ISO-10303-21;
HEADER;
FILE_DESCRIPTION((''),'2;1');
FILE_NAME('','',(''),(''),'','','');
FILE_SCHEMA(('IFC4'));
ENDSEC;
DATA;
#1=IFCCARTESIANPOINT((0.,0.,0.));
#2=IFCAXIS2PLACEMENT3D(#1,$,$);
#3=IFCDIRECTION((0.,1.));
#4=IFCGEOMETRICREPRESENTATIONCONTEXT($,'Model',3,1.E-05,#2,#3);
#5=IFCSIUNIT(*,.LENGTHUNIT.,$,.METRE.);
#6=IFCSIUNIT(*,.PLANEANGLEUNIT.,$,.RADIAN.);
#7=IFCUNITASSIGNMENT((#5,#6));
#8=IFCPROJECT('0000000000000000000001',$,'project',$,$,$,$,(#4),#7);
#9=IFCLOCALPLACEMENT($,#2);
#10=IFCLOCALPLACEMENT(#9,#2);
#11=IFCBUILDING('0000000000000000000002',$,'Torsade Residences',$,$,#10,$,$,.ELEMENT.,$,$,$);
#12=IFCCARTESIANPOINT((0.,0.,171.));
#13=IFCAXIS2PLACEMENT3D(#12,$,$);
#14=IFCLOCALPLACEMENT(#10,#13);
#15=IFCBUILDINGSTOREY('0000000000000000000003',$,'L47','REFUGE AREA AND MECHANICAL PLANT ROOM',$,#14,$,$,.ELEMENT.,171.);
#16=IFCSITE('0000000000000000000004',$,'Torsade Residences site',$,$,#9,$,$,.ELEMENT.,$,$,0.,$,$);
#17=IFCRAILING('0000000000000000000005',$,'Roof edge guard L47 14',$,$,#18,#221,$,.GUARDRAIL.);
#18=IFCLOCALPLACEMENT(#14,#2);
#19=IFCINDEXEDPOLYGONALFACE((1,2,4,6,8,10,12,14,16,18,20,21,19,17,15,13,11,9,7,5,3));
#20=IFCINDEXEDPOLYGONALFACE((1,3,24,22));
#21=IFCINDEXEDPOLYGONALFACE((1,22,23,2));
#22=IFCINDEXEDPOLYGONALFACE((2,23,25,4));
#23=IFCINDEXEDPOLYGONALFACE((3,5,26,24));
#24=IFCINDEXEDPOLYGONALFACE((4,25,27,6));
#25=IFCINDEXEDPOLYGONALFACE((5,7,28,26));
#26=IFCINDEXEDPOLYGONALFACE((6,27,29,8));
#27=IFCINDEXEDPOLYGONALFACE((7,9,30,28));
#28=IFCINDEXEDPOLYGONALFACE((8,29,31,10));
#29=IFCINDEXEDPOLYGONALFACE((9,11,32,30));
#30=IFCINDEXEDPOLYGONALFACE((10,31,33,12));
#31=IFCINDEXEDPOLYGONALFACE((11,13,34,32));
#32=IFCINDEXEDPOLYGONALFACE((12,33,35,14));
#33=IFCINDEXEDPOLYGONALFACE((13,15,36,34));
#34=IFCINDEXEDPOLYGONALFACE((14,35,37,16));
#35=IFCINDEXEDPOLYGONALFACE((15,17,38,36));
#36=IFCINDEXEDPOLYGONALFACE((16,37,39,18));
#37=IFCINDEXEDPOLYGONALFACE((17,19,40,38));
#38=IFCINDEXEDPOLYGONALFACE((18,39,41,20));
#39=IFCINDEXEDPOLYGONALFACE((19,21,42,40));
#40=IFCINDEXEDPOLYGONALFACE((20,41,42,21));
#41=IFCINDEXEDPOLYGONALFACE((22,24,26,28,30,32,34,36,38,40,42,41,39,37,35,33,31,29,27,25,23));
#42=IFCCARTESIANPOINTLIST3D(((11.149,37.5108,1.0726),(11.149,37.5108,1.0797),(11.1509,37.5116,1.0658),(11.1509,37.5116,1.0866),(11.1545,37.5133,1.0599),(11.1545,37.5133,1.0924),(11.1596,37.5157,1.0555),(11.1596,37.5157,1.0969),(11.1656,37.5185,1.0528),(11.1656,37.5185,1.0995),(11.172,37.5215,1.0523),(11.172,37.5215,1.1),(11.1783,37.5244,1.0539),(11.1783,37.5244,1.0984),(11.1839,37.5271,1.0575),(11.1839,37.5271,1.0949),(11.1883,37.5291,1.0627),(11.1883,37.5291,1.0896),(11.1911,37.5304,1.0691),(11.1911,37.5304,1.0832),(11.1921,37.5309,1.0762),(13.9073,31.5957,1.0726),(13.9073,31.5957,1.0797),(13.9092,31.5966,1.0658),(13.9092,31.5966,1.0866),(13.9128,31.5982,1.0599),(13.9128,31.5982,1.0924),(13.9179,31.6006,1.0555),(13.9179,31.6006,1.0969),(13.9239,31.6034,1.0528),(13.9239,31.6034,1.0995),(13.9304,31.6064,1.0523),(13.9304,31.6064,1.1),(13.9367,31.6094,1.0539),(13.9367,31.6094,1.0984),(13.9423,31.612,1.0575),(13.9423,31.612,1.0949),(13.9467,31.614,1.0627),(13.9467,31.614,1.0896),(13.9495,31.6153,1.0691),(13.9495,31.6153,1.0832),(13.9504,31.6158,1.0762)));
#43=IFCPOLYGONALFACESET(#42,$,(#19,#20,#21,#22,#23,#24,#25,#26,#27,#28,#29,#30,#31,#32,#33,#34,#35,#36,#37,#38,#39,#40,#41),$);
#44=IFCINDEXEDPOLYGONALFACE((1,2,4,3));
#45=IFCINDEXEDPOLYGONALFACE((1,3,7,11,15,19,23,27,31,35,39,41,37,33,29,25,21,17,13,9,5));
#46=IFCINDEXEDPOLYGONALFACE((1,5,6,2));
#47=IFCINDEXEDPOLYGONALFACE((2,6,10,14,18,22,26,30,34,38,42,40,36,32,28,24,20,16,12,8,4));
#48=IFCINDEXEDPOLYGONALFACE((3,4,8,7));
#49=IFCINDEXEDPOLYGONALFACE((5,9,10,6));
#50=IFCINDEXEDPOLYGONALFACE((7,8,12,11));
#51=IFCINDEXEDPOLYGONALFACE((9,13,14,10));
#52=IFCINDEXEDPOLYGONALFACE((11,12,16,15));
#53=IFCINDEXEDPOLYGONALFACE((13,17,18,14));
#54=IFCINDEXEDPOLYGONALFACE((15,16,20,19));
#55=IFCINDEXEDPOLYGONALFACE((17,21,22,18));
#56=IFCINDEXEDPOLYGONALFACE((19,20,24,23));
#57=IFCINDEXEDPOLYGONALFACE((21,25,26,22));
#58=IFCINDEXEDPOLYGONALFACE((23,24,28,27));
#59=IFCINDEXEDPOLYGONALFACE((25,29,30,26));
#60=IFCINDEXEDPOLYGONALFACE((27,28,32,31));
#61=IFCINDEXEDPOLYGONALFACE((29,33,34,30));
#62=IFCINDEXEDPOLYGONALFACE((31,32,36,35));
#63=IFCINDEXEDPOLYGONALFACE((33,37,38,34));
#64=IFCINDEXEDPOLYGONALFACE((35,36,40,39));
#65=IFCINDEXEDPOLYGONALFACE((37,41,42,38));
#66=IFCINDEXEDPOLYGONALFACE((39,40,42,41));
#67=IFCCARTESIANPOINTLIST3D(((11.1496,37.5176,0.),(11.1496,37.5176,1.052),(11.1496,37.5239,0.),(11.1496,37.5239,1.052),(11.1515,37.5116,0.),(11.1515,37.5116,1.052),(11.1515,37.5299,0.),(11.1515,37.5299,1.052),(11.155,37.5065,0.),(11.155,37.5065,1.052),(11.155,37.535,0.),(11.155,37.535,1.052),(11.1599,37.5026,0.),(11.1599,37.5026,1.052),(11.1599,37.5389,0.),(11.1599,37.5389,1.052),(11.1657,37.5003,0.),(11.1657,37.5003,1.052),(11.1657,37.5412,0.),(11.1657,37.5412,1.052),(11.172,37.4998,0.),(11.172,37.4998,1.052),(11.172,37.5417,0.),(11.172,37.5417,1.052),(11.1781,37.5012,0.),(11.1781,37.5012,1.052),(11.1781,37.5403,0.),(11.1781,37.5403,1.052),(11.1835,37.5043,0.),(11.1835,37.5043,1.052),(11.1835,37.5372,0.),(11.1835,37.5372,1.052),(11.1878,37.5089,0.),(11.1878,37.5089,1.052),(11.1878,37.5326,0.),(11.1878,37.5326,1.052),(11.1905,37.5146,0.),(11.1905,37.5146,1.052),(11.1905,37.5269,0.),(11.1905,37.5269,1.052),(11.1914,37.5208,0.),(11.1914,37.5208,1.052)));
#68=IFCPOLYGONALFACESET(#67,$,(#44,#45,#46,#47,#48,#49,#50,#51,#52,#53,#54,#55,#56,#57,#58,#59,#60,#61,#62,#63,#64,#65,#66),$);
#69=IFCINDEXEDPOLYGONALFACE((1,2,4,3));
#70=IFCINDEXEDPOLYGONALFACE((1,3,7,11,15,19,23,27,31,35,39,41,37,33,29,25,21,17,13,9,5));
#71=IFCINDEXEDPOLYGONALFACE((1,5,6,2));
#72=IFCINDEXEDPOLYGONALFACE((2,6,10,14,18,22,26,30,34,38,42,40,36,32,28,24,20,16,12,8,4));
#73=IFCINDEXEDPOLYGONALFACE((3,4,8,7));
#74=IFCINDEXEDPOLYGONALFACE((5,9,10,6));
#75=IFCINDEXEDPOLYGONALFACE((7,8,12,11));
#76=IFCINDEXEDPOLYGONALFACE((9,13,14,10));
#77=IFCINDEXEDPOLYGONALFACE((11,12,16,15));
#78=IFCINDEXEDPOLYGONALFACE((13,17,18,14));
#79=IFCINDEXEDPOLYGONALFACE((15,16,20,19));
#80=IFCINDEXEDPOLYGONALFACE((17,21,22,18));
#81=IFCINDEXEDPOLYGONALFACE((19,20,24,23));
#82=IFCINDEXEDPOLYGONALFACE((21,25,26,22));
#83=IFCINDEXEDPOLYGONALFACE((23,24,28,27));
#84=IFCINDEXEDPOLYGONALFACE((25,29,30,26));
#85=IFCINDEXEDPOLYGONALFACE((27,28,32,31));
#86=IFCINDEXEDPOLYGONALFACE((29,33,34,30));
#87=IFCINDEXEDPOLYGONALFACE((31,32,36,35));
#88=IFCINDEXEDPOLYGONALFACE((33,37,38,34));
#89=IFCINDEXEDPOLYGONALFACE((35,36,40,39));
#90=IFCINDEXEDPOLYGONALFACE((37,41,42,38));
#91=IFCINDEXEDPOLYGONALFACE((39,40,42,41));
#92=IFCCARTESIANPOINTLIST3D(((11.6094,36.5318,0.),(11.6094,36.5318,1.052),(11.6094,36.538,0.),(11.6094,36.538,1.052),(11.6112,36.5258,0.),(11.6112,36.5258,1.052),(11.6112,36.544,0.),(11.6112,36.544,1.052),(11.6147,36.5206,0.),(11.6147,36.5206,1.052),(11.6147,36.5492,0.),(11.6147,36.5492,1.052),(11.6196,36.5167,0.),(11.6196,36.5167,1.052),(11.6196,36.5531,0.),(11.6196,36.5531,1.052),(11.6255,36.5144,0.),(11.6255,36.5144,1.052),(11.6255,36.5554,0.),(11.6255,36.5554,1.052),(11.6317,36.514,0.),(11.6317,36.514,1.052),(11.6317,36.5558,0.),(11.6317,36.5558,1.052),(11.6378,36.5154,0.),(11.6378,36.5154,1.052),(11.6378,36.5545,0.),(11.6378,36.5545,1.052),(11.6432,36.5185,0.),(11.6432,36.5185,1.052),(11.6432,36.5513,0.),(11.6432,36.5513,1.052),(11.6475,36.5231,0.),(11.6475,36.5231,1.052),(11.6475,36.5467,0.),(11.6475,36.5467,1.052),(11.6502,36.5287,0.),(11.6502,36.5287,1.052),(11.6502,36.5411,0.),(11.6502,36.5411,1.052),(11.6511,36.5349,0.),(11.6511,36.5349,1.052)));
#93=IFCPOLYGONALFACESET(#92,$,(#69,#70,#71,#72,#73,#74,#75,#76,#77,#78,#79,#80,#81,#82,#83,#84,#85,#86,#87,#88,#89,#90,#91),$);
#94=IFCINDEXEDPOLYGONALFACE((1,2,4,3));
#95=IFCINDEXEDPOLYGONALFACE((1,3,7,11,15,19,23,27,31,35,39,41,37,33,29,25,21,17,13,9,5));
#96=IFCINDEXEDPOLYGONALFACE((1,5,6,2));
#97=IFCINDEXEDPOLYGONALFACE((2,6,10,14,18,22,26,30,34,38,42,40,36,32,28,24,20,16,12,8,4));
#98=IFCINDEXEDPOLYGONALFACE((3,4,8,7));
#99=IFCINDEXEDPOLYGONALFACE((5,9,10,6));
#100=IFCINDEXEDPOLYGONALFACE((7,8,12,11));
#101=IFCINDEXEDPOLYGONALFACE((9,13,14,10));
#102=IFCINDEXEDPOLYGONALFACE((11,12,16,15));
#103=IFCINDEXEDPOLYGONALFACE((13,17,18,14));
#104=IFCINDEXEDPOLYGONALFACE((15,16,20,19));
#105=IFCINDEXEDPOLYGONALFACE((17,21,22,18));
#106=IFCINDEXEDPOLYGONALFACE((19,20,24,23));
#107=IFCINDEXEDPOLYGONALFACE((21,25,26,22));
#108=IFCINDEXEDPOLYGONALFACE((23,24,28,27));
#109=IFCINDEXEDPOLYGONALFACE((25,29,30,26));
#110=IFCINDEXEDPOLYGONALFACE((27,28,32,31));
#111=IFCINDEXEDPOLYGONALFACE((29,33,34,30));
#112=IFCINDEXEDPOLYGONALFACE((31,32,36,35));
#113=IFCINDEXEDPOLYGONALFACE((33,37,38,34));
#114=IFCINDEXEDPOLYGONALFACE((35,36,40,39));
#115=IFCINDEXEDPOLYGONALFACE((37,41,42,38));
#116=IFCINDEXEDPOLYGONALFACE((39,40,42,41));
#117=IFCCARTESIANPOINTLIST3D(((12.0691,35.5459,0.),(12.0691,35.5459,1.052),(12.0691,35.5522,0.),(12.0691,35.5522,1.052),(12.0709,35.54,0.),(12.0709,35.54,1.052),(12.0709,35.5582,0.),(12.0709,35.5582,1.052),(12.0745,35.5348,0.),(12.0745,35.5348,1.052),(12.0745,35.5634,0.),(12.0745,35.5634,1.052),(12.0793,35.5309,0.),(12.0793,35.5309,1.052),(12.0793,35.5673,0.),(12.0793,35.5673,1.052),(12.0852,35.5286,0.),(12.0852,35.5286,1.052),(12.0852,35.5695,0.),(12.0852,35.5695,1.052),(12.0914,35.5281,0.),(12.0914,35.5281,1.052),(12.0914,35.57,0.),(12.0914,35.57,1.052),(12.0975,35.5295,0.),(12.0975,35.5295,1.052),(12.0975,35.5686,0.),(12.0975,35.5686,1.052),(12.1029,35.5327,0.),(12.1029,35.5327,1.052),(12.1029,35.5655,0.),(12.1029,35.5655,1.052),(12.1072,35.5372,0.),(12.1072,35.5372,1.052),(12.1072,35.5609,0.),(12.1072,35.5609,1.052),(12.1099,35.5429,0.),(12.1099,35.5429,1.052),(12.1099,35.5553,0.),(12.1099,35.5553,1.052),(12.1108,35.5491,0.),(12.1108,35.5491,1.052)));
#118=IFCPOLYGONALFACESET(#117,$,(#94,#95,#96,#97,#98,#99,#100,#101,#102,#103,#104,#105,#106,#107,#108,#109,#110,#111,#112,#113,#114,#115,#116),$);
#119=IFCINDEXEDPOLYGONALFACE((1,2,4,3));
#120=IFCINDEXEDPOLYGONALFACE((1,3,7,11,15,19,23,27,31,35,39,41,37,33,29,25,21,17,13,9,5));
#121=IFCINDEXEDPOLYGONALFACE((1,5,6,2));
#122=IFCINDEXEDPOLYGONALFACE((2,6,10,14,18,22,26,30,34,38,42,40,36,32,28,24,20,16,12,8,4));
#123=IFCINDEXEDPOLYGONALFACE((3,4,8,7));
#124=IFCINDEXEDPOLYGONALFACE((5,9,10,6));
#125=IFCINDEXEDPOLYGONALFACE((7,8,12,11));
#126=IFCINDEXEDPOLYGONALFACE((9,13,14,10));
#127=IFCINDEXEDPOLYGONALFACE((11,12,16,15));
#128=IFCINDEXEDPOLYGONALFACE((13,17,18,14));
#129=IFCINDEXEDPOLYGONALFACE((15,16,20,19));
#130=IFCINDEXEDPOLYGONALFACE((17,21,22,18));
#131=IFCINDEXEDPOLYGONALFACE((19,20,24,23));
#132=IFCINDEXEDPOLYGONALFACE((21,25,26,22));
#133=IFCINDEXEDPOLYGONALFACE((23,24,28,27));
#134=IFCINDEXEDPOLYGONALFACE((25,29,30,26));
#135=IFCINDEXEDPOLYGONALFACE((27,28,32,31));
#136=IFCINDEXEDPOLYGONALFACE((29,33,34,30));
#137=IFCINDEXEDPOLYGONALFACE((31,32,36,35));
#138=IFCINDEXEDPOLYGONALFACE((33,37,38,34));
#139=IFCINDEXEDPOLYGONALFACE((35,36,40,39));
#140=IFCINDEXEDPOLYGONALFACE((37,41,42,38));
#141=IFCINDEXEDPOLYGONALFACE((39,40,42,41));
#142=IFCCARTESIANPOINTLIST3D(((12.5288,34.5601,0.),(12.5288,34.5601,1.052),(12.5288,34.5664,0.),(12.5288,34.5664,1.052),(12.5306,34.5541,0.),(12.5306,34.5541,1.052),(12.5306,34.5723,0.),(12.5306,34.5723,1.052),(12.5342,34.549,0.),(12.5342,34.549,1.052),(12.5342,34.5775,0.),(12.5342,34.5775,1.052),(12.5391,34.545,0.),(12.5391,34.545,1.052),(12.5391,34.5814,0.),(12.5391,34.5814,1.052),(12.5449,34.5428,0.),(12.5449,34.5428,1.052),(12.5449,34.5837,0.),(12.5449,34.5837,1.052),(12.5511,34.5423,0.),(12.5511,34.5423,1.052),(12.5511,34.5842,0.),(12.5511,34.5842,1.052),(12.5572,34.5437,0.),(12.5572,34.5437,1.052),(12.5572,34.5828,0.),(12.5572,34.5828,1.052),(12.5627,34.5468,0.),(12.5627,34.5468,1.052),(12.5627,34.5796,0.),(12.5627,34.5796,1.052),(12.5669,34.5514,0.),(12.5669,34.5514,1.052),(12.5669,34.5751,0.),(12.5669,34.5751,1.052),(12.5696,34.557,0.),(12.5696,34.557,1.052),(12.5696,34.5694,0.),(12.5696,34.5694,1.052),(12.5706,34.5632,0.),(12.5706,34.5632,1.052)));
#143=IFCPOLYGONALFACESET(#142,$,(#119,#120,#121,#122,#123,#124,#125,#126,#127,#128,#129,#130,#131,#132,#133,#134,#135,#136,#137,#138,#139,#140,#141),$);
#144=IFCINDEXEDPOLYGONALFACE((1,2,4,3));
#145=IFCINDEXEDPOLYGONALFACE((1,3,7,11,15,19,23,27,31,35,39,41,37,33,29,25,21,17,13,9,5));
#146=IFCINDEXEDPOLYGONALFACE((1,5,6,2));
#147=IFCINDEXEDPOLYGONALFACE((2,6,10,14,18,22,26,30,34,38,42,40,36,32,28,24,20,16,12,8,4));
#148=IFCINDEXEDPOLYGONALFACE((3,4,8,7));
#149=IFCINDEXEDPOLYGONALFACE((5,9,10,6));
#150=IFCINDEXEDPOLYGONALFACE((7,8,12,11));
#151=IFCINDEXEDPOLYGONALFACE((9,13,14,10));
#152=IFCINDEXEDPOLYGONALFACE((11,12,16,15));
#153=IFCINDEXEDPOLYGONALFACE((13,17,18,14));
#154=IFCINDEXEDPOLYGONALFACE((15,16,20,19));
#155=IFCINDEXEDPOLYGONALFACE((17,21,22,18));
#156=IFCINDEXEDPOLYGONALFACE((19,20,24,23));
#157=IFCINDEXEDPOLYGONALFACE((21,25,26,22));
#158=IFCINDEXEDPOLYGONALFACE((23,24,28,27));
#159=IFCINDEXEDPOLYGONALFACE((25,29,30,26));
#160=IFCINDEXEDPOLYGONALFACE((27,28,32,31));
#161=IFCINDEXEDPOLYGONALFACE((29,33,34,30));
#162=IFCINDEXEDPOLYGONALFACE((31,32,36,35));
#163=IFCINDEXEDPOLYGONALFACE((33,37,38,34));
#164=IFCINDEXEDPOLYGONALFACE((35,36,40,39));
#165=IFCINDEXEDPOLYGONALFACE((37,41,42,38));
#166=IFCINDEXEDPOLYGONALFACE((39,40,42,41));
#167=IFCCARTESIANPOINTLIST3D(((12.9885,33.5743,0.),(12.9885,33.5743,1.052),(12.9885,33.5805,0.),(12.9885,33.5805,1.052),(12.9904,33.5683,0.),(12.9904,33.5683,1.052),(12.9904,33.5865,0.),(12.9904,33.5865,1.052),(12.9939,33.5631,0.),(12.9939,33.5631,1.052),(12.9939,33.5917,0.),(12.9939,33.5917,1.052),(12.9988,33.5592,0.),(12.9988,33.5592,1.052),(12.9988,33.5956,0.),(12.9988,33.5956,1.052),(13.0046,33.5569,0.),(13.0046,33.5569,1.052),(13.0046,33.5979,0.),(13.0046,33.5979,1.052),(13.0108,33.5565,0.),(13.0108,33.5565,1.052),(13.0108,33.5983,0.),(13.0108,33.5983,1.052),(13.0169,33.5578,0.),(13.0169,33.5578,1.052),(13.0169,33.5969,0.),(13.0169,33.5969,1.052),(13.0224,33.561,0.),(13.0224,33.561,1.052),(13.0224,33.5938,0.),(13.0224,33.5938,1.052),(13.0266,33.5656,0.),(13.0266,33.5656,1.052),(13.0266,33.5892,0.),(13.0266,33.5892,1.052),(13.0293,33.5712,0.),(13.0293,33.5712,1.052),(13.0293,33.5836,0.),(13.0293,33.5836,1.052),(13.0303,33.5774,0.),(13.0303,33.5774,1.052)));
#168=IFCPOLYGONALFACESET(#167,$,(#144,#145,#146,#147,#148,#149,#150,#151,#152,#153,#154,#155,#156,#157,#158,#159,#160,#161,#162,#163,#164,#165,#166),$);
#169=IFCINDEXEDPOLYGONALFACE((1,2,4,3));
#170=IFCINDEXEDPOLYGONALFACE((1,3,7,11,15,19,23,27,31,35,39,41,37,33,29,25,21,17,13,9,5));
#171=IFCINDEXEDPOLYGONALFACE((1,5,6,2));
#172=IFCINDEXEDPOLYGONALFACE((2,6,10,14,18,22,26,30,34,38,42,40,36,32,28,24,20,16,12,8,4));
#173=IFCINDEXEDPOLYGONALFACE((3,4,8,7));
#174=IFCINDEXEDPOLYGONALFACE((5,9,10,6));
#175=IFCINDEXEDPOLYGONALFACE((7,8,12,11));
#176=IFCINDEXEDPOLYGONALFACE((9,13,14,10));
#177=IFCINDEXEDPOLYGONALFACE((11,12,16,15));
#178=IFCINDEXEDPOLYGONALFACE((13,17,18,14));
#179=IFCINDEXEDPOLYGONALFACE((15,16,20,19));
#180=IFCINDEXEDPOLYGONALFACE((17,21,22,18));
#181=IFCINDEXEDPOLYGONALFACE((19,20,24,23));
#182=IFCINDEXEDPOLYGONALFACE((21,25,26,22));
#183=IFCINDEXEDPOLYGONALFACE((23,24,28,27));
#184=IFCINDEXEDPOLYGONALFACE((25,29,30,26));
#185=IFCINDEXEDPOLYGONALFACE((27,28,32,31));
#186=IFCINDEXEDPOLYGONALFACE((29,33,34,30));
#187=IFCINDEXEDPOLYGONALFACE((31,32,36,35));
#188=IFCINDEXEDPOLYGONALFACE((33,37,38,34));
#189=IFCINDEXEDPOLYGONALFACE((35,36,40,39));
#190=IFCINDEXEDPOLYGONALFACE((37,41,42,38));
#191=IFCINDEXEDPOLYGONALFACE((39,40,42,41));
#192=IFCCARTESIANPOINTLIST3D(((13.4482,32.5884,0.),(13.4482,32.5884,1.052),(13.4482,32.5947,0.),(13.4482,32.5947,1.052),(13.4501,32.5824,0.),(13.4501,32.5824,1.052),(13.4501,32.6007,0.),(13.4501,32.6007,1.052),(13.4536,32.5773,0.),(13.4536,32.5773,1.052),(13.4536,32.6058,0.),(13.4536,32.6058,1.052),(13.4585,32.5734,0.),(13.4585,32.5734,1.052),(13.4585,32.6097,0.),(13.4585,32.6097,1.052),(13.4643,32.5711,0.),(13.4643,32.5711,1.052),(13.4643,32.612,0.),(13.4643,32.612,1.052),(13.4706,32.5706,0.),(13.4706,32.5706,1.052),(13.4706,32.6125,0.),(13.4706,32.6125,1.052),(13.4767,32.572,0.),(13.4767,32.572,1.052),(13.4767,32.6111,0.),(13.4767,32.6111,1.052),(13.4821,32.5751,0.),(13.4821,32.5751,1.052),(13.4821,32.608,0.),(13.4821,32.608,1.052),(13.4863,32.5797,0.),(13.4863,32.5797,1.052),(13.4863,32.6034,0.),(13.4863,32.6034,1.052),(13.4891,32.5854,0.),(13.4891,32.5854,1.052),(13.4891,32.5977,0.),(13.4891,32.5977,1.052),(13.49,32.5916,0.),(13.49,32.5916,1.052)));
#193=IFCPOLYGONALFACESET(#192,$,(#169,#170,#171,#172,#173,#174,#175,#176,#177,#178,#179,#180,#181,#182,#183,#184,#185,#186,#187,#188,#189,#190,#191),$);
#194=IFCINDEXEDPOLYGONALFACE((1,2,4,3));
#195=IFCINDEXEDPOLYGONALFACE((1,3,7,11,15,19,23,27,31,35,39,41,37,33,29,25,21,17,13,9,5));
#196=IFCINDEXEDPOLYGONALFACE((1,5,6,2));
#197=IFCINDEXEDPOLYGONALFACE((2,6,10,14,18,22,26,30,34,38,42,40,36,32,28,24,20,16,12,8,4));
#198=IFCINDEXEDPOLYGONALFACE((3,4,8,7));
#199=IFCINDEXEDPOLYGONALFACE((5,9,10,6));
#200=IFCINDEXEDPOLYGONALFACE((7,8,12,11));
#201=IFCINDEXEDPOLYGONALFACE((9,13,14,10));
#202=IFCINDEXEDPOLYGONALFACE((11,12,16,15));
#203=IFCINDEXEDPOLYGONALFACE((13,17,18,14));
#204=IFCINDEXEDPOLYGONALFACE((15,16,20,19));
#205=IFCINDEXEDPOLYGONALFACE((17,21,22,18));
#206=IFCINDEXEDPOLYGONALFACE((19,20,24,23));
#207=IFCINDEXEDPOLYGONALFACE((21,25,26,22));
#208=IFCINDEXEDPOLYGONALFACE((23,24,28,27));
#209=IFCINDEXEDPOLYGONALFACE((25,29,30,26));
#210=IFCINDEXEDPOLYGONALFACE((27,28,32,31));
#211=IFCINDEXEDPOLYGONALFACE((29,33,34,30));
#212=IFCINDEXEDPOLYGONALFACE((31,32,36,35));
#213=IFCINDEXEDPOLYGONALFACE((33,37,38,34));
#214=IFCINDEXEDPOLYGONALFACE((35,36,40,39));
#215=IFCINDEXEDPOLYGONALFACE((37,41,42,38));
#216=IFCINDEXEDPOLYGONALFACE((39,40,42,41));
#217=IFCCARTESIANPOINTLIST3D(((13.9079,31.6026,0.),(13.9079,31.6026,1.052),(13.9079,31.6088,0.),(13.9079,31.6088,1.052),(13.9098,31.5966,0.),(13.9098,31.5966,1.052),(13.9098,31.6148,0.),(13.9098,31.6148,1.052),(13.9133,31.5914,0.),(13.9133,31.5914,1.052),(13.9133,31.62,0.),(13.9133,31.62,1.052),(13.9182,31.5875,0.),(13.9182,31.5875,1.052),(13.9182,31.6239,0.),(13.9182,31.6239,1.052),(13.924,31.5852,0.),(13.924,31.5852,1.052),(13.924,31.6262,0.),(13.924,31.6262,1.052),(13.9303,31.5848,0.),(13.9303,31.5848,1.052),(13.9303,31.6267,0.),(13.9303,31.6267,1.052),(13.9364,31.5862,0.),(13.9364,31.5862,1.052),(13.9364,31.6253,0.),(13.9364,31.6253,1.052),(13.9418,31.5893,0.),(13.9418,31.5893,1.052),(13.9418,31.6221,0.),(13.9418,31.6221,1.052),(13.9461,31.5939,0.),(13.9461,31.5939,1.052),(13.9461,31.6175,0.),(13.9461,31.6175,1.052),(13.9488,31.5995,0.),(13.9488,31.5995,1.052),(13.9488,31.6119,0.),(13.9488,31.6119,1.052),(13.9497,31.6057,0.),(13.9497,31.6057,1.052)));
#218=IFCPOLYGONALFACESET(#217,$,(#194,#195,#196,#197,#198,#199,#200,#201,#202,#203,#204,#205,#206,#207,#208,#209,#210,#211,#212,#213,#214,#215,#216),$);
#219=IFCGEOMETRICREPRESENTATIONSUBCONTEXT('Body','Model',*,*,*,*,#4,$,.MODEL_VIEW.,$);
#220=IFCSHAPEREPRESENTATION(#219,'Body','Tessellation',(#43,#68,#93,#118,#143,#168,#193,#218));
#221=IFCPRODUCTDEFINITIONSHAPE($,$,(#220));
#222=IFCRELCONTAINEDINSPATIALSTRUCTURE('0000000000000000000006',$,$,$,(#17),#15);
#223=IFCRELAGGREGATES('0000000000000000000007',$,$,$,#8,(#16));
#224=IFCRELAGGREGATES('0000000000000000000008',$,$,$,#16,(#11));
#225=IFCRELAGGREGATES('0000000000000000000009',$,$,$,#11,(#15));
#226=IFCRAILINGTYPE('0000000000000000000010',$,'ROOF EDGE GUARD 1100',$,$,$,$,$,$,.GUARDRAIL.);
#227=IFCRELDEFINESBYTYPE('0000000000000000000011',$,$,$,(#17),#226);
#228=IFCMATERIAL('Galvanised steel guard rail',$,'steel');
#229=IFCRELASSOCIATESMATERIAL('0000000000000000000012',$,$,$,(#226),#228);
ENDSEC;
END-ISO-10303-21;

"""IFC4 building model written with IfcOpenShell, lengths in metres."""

from ifc_helpers import new_model, si_unit, direction, frame, origin, origin_2d, place, context, subcontext, project, spatial, circle, extrude, material, type_object, element, save


model = new_model("IFC4")

# Units and contexts
model_context = context("Model", 3, precision=1e-05, world=origin(), true_north=direction((0.0, 1.0)))
body_context = subcontext(model_context, "Body", "Model", "MODEL_VIEW")
ifc_project = project(units=[si_unit("LENGTHUNIT", "METRE"), si_unit("PLANEANGLEUNIT", "RADIAN")], contexts=[model_context])

# Site, building, storey
site_placement = place(None, origin())
site = spatial("IfcSite", under=ifc_project, at=site_placement, Name="Torsade Residences site", CompositionType="ELEMENT", RefElevation=0.0)
building_placement = place(site_placement, origin())
building = spatial("IfcBuilding", under=site, at=building_placement, Name="Torsade Residences", CompositionType="ELEMENT")
storey_placement = place(building_placement, frame((0.0, 0.0, 171.0)))
storey = spatial("IfcBuildingStorey", under=building, at=storey_placement, Name="L47", Description="REFUGE AREA AND MECHANICAL PLANT ROOM", CompositionType="ELEMENT", Elevation=171.0)

# Railing
ifc_material_1 = material(Name="Galvanised steel guard rail", Category="steel")
railing_type = type_object("IfcRailingType", Name="ROOF EDGE GUARD 1100", PredefinedType="GUARDRAIL", material=ifc_material_1)
railing_1_placement = place(storey_placement, frame((11.1704, 37.5208, 0.0)))
element("IfcRailing", 1, at=railing_1_placement, inside=storey, type_object=railing_type, Name="Roof edge guard L47 14", PredefinedType="GUARDRAIL", context=body_context, shape_type="SweptSolid", body=[
    extrude(circle(Radius=0.0239, at=origin_2d()), frame((0.0, 0.0, 1.0762), z_axis=(0.422627, -0.906304, 0.0), x_axis=(0.906304, 0.422627, 0.0)), (0.0, 0.0, 1.0), 6.5266),
    extrude(circle(Radius=0.021, at=origin_2d()), origin(), (0.0, 0.0, 1.0), 1.052),
    extrude(circle(Radius=0.021, at=origin_2d()), frame((0.4597, -0.9858, 0.0)), (0.0, 0.0, 1.0), 1.052),
    extrude(circle(Radius=0.021, at=origin_2d()), frame((0.9194, -1.9717, 0.0)), (0.0, 0.0, 1.0), 1.052),
    extrude(circle(Radius=0.021, at=origin_2d()), frame((1.3792, -2.9575, 0.0)), (0.0, 0.0, 1.0), 1.052),
    extrude(circle(Radius=0.021, at=origin_2d()), frame((1.8389, -3.9434, 0.0)), (0.0, 0.0, 1.0), 1.052),
    extrude(circle(Radius=0.021, at=origin_2d()), frame((2.2986, -4.9292, 0.0)), (0.0, 0.0, 1.0), 1.052),
    extrude(circle(Radius=0.021, at=origin_2d()), frame((2.7583, -5.915, 0.0)), (0.0, 0.0, 1.0), 1.052),
])

save(model, "model.ifc")
